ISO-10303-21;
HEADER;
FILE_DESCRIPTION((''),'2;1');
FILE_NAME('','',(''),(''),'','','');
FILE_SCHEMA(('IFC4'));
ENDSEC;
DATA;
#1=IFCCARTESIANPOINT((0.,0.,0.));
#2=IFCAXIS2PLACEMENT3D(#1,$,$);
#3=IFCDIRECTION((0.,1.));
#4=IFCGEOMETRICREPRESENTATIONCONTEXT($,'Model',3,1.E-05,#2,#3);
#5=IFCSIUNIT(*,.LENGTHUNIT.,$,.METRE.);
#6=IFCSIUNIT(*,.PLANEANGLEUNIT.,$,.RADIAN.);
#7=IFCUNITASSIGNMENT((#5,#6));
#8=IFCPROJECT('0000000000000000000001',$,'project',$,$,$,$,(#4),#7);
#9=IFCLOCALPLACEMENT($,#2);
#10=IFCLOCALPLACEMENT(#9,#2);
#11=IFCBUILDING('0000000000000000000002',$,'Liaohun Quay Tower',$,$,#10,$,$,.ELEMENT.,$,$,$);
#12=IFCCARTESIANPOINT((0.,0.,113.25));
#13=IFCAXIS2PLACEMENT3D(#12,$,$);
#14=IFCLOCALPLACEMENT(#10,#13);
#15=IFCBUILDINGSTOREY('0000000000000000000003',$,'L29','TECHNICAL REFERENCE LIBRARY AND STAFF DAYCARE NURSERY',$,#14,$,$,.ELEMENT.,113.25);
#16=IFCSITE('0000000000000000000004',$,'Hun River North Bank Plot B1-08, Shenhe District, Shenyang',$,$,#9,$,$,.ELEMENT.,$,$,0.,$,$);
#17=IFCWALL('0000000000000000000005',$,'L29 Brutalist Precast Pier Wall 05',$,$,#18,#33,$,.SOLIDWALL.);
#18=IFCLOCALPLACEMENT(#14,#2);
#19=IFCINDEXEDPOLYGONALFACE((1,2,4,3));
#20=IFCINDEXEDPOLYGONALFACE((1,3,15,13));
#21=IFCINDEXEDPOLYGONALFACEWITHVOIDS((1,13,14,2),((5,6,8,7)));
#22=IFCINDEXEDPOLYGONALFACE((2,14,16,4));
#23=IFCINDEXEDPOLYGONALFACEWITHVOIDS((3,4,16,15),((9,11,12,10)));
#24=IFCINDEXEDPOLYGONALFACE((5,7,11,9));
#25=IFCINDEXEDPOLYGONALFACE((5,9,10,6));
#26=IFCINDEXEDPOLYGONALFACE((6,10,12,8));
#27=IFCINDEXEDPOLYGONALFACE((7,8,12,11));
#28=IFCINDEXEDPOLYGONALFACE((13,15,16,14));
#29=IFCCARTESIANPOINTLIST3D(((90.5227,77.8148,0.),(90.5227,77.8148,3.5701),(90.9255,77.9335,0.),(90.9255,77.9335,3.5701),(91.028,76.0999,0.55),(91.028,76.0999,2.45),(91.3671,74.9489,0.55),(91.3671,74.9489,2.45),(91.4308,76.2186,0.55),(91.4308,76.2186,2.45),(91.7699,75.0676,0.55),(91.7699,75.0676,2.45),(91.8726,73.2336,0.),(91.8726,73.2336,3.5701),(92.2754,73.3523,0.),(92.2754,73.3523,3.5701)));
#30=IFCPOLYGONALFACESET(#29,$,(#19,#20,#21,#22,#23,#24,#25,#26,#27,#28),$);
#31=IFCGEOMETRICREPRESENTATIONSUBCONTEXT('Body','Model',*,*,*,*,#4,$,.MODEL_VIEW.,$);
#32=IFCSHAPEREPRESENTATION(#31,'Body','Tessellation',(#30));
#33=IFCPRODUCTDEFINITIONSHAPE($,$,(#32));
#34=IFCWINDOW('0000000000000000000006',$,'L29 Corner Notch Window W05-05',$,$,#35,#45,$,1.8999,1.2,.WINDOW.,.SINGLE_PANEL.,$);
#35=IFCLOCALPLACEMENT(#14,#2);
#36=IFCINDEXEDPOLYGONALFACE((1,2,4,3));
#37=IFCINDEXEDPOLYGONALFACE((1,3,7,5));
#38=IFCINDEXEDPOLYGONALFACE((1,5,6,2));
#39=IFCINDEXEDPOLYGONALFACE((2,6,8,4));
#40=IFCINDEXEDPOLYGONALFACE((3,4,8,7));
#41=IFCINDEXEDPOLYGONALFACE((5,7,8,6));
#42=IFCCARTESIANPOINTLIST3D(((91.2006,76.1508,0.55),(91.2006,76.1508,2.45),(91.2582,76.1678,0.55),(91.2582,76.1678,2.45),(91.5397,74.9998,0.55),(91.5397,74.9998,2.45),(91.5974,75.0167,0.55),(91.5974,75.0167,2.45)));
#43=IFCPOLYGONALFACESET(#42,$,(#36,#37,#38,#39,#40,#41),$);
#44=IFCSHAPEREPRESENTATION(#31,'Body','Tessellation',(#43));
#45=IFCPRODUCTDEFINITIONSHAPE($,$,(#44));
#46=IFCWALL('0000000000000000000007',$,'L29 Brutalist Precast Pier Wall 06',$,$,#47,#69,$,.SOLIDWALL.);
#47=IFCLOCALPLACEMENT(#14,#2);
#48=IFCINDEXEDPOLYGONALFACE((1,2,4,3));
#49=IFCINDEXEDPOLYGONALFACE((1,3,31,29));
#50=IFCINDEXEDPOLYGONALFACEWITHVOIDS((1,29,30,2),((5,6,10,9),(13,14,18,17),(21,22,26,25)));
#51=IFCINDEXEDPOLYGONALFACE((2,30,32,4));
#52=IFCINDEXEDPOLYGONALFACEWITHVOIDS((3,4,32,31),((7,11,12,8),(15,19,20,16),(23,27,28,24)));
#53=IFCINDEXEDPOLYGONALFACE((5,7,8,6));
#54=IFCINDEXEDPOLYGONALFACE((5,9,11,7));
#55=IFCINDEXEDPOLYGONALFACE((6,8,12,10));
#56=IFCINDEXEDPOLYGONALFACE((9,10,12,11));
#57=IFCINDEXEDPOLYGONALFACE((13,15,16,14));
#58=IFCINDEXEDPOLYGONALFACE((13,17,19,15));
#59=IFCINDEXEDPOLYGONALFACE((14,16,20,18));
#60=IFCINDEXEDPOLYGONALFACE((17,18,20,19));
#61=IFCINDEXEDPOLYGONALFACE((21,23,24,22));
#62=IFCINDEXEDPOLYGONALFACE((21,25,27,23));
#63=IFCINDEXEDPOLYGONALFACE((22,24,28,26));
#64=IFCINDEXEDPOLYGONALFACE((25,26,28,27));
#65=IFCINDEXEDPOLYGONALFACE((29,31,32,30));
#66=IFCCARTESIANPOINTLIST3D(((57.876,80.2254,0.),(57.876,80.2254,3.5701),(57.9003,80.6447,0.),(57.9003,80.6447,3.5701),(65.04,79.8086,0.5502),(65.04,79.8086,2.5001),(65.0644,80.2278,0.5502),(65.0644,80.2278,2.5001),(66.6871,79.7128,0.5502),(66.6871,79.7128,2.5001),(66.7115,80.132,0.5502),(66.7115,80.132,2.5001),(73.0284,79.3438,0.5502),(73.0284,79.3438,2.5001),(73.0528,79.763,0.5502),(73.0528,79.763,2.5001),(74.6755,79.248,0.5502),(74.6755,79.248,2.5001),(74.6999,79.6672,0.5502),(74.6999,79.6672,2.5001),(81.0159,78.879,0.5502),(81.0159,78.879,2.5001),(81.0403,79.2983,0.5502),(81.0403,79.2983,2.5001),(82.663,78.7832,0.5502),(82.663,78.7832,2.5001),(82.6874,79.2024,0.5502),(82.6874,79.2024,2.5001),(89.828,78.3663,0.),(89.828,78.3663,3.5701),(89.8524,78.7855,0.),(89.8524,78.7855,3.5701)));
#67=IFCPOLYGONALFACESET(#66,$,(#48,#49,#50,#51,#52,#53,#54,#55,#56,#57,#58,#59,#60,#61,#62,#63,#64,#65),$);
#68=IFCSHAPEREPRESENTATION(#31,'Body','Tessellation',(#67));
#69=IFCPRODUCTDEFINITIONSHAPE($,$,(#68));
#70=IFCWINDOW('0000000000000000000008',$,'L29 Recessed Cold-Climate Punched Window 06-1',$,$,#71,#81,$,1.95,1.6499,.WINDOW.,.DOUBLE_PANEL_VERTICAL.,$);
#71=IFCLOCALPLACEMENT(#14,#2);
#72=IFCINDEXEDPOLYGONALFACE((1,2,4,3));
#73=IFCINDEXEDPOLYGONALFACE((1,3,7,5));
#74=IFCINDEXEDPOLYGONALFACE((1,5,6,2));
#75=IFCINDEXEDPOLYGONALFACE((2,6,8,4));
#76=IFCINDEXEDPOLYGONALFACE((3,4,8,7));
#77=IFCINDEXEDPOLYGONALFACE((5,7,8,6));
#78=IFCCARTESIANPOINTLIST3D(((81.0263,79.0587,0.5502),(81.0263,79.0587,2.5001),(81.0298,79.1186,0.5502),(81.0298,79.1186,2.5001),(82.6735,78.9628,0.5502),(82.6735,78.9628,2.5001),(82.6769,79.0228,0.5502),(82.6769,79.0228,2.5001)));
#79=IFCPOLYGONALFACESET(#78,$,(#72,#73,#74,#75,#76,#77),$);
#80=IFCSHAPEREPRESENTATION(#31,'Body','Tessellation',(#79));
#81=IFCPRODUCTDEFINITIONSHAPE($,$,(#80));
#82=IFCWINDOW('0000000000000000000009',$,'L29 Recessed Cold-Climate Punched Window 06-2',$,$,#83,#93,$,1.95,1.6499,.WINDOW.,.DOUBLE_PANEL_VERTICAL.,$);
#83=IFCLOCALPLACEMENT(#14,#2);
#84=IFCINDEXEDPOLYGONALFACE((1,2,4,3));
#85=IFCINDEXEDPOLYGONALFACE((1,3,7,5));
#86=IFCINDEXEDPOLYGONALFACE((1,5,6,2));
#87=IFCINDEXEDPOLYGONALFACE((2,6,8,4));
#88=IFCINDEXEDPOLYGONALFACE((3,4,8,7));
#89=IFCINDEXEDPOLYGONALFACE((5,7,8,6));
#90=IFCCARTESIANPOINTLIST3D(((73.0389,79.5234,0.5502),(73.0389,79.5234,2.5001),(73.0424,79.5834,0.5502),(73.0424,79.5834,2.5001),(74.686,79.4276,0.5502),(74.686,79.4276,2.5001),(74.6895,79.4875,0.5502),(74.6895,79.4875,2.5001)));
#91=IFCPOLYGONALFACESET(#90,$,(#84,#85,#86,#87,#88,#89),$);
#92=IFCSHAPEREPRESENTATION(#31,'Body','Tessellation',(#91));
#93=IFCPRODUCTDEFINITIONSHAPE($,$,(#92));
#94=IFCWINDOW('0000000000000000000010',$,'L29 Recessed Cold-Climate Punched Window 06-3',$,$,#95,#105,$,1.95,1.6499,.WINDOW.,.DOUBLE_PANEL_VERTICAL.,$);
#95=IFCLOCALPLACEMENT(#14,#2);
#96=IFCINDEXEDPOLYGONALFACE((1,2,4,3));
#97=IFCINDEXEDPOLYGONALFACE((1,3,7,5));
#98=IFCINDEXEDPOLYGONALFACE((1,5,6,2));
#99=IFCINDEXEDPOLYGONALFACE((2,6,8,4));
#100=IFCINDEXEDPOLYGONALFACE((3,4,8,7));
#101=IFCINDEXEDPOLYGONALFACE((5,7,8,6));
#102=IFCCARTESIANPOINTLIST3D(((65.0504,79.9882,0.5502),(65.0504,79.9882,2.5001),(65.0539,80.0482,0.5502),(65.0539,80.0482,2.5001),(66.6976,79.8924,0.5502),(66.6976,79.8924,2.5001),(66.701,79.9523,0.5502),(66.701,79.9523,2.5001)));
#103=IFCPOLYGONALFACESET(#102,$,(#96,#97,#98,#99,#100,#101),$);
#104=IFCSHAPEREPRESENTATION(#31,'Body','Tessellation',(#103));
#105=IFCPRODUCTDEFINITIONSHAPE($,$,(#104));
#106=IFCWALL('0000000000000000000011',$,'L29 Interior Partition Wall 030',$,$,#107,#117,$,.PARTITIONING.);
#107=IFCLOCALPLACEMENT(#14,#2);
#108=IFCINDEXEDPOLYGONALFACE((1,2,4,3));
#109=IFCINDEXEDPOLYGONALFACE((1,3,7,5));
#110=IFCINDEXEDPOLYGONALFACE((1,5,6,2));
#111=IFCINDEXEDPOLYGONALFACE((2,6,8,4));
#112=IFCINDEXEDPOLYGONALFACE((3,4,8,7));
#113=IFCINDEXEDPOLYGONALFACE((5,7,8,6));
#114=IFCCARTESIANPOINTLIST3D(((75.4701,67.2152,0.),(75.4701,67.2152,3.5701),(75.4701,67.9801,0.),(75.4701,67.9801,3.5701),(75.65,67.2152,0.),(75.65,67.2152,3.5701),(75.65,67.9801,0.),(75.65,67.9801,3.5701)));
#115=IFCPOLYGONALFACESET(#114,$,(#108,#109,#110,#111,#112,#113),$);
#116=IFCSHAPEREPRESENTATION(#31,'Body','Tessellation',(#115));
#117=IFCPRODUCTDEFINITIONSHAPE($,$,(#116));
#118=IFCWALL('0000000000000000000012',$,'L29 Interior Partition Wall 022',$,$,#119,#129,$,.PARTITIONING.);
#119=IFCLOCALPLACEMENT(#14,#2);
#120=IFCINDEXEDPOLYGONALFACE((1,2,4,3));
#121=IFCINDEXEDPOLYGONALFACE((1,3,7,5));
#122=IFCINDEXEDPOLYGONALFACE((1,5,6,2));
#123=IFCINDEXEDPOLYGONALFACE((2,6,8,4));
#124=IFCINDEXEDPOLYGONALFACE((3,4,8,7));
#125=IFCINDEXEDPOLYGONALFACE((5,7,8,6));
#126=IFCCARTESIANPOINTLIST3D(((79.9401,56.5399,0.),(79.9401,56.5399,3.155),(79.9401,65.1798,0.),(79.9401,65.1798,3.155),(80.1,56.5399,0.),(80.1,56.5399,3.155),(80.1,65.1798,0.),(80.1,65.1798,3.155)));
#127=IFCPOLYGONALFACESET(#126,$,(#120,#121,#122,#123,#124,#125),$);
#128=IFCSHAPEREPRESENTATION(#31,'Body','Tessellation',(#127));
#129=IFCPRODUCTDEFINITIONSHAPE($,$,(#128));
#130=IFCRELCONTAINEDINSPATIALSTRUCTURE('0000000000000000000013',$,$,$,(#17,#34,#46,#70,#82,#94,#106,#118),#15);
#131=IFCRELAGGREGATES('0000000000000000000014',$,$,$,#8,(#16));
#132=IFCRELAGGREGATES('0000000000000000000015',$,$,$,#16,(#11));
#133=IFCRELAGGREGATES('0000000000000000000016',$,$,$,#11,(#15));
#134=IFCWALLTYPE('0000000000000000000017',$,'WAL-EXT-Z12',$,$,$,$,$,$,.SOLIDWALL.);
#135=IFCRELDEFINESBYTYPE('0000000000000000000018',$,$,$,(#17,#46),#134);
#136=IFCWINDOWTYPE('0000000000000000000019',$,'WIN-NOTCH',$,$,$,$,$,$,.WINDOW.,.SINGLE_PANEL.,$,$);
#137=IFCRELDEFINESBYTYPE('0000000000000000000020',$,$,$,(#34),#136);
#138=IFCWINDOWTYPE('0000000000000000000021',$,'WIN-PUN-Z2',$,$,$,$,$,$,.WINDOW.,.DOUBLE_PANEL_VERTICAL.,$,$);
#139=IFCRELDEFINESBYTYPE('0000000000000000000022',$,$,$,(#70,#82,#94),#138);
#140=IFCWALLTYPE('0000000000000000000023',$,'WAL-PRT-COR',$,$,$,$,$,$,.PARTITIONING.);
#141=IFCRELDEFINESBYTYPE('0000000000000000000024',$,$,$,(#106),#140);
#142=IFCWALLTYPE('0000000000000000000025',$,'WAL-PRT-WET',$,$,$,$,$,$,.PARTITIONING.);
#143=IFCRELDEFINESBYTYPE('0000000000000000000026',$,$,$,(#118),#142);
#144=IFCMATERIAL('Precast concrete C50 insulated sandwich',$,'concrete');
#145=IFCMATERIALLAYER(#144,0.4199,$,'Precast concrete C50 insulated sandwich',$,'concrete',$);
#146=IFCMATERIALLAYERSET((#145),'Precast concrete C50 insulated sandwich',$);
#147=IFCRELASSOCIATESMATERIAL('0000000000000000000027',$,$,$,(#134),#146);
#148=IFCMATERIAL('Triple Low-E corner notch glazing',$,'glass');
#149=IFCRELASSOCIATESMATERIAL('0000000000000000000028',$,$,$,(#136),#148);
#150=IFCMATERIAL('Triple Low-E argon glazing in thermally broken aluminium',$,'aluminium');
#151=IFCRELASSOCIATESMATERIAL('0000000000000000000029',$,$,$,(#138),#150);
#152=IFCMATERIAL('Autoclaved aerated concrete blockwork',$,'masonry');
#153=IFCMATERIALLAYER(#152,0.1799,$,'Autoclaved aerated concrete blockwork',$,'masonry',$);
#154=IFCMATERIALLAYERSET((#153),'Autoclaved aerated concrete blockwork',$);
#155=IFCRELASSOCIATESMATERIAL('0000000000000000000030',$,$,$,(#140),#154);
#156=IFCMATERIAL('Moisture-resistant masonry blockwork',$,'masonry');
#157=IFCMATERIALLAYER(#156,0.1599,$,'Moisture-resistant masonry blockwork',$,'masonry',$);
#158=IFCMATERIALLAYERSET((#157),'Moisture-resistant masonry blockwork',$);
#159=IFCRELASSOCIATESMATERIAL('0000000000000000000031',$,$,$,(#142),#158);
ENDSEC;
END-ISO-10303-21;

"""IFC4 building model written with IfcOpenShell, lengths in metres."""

from ifc_helpers import new_model, si_unit, direction, frame, frame_2d, origin, place, context, subcontext, project, spatial, rectangle, extrude, source, transform, mapped, material, layer, layer_set, type_object, element, fill, save


model = new_model("IFC4")

# Units and contexts
model_context = context("Model", 3, precision=1e-05, world=origin(), true_north=direction((0.0, 1.0)))
body_context = subcontext(model_context, "Body", "Model", "MODEL_VIEW")
ifc_project = project(units=[si_unit("LENGTHUNIT", "METRE"), si_unit("PLANEANGLEUNIT", "RADIAN")], contexts=[model_context])

# Site, building, storey
site_placement = place(None, origin())
site = spatial("IfcSite", under=ifc_project, at=site_placement, Name="Hun River North Bank Plot B1-08, Shenhe District, Shenyang", CompositionType="ELEMENT", RefElevation=0.0)
building_placement = place(site_placement, origin())
building = spatial("IfcBuilding", under=site, at=building_placement, Name="Liaohun Quay Tower", CompositionType="ELEMENT")
storey_placement = place(building_placement, frame((0.0, 0.0, 113.25)))
storey = spatial("IfcBuildingStorey", under=building, at=storey_placement, Name="L29", Description="TECHNICAL REFERENCE LIBRARY AND STAFF DAYCARE NURSERY", CompositionType="ELEMENT", Elevation=113.25)

# Wall, opening, window
ifc_material_1 = material(Name="Precast concrete C50 insulated sandwich", Category="concrete")
ifc_layer_1 = layer(ifc_material_1, 0.4199, Name="Precast concrete C50 insulated sandwich", Category="concrete")
ifc_layer_set_1 = layer_set([ifc_layer_1], Name="Precast concrete C50 insulated sandwich")
wall_type_1 = type_object("IfcWallType", Name="WAL-EXT-Z12", PredefinedType="SOLIDWALL", material=ifc_layer_set_1)
shared_shape_1 = source(origin(), body_context, "Body", "SweptSolid", [
    extrude(rectangle(XDim=1.2, YDim=1.8999, at=frame_2d((0.6001, 0.95))), frame((0.0, 0.22, 0.0), z_axis=(0.0, -1.0, 0.0), x_axis=(1.0, 0.0, 0.0)), (0.0, 0.0, 1.0), 0.4399),
])
ifc_material_2 = material(Name="Triple Low-E corner notch glazing", Category="glass")
window_type_1 = type_object("IfcWindowType", Name="WIN-NOTCH", PartitioningType="SINGLE_PANEL", PredefinedType="WINDOW", material=ifc_material_2)
shared_shape_2 = source(origin(), body_context, "Body", "SweptSolid", [
    extrude(rectangle(XDim=1.2, YDim=1.8999, at=frame_2d((0.6001, 0.95))), frame((0.0, 0.03, 0.0), z_axis=(0.0, -1.0, 0.0), x_axis=(1.0, 0.0, 0.0)), (0.0, 0.0, 1.0), 0.0601),
])
wall_1_placement = place(storey_placement, frame((92.074, 73.293, 0.0), z_axis=(0.0, 0.0, 1.0), x_axis=(-0.282645, 0.959225, 0.0)))
wall_1 = element("IfcWall", 1, at=wall_1_placement, inside=storey, type_object=wall_type_1, Name="L29 Brutalist Precast Pier Wall 05", PredefinedType="SOLIDWALL", context=body_context, shape_type="SweptSolid", body=[
    extrude(rectangle(XDim=4.7759, YDim=0.4199, at=frame_2d((2.3879, 0.0))), origin(), (0.0, 0.0, 1.0), 3.5701),
])
opening_1_placement = place(wall_1_placement, frame((1.7881, 0.0, 0.55)))
opening_1 = element("IfcOpeningElement", 2, at=opening_1_placement, cuts=wall_1, PredefinedType="OPENING", context=body_context, shape_type="MappedRepresentation", body=[
    mapped(shared_shape_1, transform((0.0, 0.0, 0.0), x_axis=(1.0, 0.0, 0.0), y_axis=(0.0, 1.0, 0.0), z_axis=(0.0, 0.0, 1.0), scale=1.0)),
])
window_1_placement = place(opening_1_placement, origin())
window_1 = element("IfcWindow", 3, at=window_1_placement, inside=storey, type_object=window_type_1, Name="L29 Corner Notch Window W05-05", OverallHeight=1.8999, OverallWidth=1.2, PartitioningType="SINGLE_PANEL", PredefinedType="WINDOW", context=body_context, shape_type="MappedRepresentation", body=[
    mapped(shared_shape_2, transform((0.0, 0.0, 0.0), x_axis=(1.0, 0.0, 0.0), y_axis=(0.0, 1.0, 0.0), z_axis=(0.0, 0.0, 1.0), scale=1.0)),
])
fill(opening_1, window_1)

# Wall, openings, windows
wall_2_placement = place(storey_placement, frame((89.8401, 78.5759, 0.0), z_axis=(0.0, 0.0, 1.0), x_axis=(-0.998312, 0.058087, 0.0)))
wall_2 = element("IfcWall", 4, at=wall_2_placement, inside=storey, type_object=wall_type_1, Name="L29 Brutalist Precast Pier Wall 06", PredefinedType="SOLIDWALL", context=body_context, shape_type="SweptSolid", body=[
    extrude(rectangle(XDim=32.0061, YDim=0.4199, at=frame_2d((16.0029, 0.0))), origin(), (0.0, 0.0, 1.0), 3.5701),
])
shared_shape_3 = source(origin(), body_context, "Body", "SweptSolid", [
    extrude(rectangle(XDim=1.6499, YDim=1.95, at=frame_2d((0.825, 0.9751))), frame((0.0, 0.22, 0.0), z_axis=(0.0, -1.0, 0.0), x_axis=(1.0, 0.0, 0.0)), (0.0, 0.0, 1.0), 0.4399),
])
opening_2_placement = place(wall_2_placement, frame((7.177, 0.0, 0.55)))
opening_2 = element("IfcOpeningElement", 5, at=opening_2_placement, cuts=wall_2, PredefinedType="OPENING", context=body_context, shape_type="MappedRepresentation", body=[
    mapped(shared_shape_3, transform((0.0, 0.0, 0.0), x_axis=(1.0, 0.0, 0.0), y_axis=(0.0, 1.0, 0.0), z_axis=(0.0, 0.0, 1.0), scale=1.0)),
])
opening_3_placement = place(wall_2_placement, frame((15.178, 0.0, 0.55)))
opening_3 = element("IfcOpeningElement", 6, at=opening_3_placement, cuts=wall_2, PredefinedType="OPENING", context=body_context, shape_type="MappedRepresentation", body=[
    mapped(shared_shape_3, transform((0.0, 0.0, 0.0), x_axis=(1.0, 0.0, 0.0), y_axis=(0.0, 1.0, 0.0), z_axis=(0.0, 0.0, 1.0), scale=1.0)),
])
opening_4_placement = place(wall_2_placement, frame((23.1799, 0.0, 0.55)))
opening_4 = element("IfcOpeningElement", 7, at=opening_4_placement, cuts=wall_2, PredefinedType="OPENING", context=body_context, shape_type="MappedRepresentation", body=[
    mapped(shared_shape_3, transform((0.0, 0.0, 0.0), x_axis=(1.0, 0.0, 0.0), y_axis=(0.0, 1.0, 0.0), z_axis=(0.0, 0.0, 1.0), scale=1.0)),
])
ifc_material_3 = material(Name="Triple Low-E argon glazing in thermally broken aluminium", Category="aluminium")
window_type_2 = type_object("IfcWindowType", Name="WIN-PUN-Z2", PartitioningType="DOUBLE_PANEL_VERTICAL", PredefinedType="WINDOW", material=ifc_material_3)
shared_shape_4 = source(origin(), body_context, "Body", "SweptSolid", [
    extrude(rectangle(XDim=1.6499, YDim=1.95, at=frame_2d((0.825, 0.9751))), frame((0.0, 0.03, 0.0), z_axis=(0.0, -1.0, 0.0), x_axis=(1.0, 0.0, 0.0)), (0.0, 0.0, 1.0), 0.0601),
])
window_2_placement = place(opening_2_placement, origin())
window_2 = element("IfcWindow", 8, at=window_2_placement, inside=storey, type_object=window_type_2, Name="L29 Recessed Cold-Climate Punched Window 06-1", OverallHeight=1.95, OverallWidth=1.6499, PartitioningType="DOUBLE_PANEL_VERTICAL", PredefinedType="WINDOW", context=body_context, shape_type="MappedRepresentation", body=[
    mapped(shared_shape_4, transform((0.0, 0.0, 0.0), x_axis=(1.0, 0.0, 0.0), y_axis=(0.0, 1.0, 0.0), z_axis=(0.0, 0.0, 1.0), scale=1.0)),
])
fill(opening_2, window_2)
window_3_placement = place(opening_3_placement, origin())
window_3 = element("IfcWindow", 9, at=window_3_placement, inside=storey, type_object=window_type_2, Name="L29 Recessed Cold-Climate Punched Window 06-2", OverallHeight=1.95, OverallWidth=1.6499, PartitioningType="DOUBLE_PANEL_VERTICAL", PredefinedType="WINDOW", context=body_context, shape_type="MappedRepresentation", body=[
    mapped(shared_shape_4, transform((0.0, 0.0, 0.0), x_axis=(1.0, 0.0, 0.0), y_axis=(0.0, 1.0, 0.0), z_axis=(0.0, 0.0, 1.0), scale=1.0)),
])
fill(opening_3, window_3)
window_4_placement = place(opening_4_placement, origin())
window_4 = element("IfcWindow", 10, at=window_4_placement, inside=storey, type_object=window_type_2, Name="L29 Recessed Cold-Climate Punched Window 06-3", OverallHeight=1.95, OverallWidth=1.6499, PartitioningType="DOUBLE_PANEL_VERTICAL", PredefinedType="WINDOW", context=body_context, shape_type="MappedRepresentation", body=[
    mapped(shared_shape_4, transform((0.0, 0.0, 0.0), x_axis=(1.0, 0.0, 0.0), y_axis=(0.0, 1.0, 0.0), z_axis=(0.0, 0.0, 1.0), scale=1.0)),
])
fill(opening_4, window_4)

# Walls
ifc_material_4 = material(Name="Autoclaved aerated concrete blockwork", Category="masonry")
ifc_layer_2 = layer(ifc_material_4, 0.1799, Name="Autoclaved aerated concrete blockwork", Category="masonry")
ifc_layer_set_2 = layer_set([ifc_layer_2], Name="Autoclaved aerated concrete blockwork")
wall_type_2 = type_object("IfcWallType", Name="WAL-PRT-COR", PredefinedType="PARTITIONING", material=ifc_layer_set_2)
wall_3_placement = place(storey_placement, frame((75.5601, 67.98, 0.0), z_axis=(0.0, 0.0, 1.0), x_axis=(0.0, -1.0, 0.0)))
element("IfcWall", 11, at=wall_3_placement, inside=storey, type_object=wall_type_2, Name="L29 Interior Partition Wall 030", PredefinedType="PARTITIONING", context=body_context, shape_type="SweptSolid", body=[
    extrude(rectangle(XDim=0.7649, YDim=0.1799, at=frame_2d((0.3823, 0.0))), origin(), (0.0, 0.0, 1.0), 3.5701),
])
ifc_material_5 = material(Name="Moisture-resistant masonry blockwork", Category="masonry")
ifc_layer_3 = layer(ifc_material_5, 0.1599, Name="Moisture-resistant masonry blockwork", Category="masonry")
ifc_layer_set_3 = layer_set([ifc_layer_3], Name="Moisture-resistant masonry blockwork")
wall_type_3 = type_object("IfcWallType", Name="WAL-PRT-WET", PredefinedType="PARTITIONING", material=ifc_layer_set_3)
wall_4_placement = place(storey_placement, frame((80.02, 56.54, 0.0), z_axis=(0.0, 0.0, 1.0), x_axis=(0.0, 1.0, 0.0)))
element("IfcWall", 12, at=wall_4_placement, inside=storey, type_object=wall_type_3, Name="L29 Interior Partition Wall 022", PredefinedType="PARTITIONING", context=body_context, shape_type="SweptSolid", body=[
    extrude(rectangle(XDim=8.6399, YDim=0.1599, at=frame_2d((4.3198, 0.0))), origin(), (0.0, 0.0, 1.0), 3.155),
])

save(model, "model.ifc")
